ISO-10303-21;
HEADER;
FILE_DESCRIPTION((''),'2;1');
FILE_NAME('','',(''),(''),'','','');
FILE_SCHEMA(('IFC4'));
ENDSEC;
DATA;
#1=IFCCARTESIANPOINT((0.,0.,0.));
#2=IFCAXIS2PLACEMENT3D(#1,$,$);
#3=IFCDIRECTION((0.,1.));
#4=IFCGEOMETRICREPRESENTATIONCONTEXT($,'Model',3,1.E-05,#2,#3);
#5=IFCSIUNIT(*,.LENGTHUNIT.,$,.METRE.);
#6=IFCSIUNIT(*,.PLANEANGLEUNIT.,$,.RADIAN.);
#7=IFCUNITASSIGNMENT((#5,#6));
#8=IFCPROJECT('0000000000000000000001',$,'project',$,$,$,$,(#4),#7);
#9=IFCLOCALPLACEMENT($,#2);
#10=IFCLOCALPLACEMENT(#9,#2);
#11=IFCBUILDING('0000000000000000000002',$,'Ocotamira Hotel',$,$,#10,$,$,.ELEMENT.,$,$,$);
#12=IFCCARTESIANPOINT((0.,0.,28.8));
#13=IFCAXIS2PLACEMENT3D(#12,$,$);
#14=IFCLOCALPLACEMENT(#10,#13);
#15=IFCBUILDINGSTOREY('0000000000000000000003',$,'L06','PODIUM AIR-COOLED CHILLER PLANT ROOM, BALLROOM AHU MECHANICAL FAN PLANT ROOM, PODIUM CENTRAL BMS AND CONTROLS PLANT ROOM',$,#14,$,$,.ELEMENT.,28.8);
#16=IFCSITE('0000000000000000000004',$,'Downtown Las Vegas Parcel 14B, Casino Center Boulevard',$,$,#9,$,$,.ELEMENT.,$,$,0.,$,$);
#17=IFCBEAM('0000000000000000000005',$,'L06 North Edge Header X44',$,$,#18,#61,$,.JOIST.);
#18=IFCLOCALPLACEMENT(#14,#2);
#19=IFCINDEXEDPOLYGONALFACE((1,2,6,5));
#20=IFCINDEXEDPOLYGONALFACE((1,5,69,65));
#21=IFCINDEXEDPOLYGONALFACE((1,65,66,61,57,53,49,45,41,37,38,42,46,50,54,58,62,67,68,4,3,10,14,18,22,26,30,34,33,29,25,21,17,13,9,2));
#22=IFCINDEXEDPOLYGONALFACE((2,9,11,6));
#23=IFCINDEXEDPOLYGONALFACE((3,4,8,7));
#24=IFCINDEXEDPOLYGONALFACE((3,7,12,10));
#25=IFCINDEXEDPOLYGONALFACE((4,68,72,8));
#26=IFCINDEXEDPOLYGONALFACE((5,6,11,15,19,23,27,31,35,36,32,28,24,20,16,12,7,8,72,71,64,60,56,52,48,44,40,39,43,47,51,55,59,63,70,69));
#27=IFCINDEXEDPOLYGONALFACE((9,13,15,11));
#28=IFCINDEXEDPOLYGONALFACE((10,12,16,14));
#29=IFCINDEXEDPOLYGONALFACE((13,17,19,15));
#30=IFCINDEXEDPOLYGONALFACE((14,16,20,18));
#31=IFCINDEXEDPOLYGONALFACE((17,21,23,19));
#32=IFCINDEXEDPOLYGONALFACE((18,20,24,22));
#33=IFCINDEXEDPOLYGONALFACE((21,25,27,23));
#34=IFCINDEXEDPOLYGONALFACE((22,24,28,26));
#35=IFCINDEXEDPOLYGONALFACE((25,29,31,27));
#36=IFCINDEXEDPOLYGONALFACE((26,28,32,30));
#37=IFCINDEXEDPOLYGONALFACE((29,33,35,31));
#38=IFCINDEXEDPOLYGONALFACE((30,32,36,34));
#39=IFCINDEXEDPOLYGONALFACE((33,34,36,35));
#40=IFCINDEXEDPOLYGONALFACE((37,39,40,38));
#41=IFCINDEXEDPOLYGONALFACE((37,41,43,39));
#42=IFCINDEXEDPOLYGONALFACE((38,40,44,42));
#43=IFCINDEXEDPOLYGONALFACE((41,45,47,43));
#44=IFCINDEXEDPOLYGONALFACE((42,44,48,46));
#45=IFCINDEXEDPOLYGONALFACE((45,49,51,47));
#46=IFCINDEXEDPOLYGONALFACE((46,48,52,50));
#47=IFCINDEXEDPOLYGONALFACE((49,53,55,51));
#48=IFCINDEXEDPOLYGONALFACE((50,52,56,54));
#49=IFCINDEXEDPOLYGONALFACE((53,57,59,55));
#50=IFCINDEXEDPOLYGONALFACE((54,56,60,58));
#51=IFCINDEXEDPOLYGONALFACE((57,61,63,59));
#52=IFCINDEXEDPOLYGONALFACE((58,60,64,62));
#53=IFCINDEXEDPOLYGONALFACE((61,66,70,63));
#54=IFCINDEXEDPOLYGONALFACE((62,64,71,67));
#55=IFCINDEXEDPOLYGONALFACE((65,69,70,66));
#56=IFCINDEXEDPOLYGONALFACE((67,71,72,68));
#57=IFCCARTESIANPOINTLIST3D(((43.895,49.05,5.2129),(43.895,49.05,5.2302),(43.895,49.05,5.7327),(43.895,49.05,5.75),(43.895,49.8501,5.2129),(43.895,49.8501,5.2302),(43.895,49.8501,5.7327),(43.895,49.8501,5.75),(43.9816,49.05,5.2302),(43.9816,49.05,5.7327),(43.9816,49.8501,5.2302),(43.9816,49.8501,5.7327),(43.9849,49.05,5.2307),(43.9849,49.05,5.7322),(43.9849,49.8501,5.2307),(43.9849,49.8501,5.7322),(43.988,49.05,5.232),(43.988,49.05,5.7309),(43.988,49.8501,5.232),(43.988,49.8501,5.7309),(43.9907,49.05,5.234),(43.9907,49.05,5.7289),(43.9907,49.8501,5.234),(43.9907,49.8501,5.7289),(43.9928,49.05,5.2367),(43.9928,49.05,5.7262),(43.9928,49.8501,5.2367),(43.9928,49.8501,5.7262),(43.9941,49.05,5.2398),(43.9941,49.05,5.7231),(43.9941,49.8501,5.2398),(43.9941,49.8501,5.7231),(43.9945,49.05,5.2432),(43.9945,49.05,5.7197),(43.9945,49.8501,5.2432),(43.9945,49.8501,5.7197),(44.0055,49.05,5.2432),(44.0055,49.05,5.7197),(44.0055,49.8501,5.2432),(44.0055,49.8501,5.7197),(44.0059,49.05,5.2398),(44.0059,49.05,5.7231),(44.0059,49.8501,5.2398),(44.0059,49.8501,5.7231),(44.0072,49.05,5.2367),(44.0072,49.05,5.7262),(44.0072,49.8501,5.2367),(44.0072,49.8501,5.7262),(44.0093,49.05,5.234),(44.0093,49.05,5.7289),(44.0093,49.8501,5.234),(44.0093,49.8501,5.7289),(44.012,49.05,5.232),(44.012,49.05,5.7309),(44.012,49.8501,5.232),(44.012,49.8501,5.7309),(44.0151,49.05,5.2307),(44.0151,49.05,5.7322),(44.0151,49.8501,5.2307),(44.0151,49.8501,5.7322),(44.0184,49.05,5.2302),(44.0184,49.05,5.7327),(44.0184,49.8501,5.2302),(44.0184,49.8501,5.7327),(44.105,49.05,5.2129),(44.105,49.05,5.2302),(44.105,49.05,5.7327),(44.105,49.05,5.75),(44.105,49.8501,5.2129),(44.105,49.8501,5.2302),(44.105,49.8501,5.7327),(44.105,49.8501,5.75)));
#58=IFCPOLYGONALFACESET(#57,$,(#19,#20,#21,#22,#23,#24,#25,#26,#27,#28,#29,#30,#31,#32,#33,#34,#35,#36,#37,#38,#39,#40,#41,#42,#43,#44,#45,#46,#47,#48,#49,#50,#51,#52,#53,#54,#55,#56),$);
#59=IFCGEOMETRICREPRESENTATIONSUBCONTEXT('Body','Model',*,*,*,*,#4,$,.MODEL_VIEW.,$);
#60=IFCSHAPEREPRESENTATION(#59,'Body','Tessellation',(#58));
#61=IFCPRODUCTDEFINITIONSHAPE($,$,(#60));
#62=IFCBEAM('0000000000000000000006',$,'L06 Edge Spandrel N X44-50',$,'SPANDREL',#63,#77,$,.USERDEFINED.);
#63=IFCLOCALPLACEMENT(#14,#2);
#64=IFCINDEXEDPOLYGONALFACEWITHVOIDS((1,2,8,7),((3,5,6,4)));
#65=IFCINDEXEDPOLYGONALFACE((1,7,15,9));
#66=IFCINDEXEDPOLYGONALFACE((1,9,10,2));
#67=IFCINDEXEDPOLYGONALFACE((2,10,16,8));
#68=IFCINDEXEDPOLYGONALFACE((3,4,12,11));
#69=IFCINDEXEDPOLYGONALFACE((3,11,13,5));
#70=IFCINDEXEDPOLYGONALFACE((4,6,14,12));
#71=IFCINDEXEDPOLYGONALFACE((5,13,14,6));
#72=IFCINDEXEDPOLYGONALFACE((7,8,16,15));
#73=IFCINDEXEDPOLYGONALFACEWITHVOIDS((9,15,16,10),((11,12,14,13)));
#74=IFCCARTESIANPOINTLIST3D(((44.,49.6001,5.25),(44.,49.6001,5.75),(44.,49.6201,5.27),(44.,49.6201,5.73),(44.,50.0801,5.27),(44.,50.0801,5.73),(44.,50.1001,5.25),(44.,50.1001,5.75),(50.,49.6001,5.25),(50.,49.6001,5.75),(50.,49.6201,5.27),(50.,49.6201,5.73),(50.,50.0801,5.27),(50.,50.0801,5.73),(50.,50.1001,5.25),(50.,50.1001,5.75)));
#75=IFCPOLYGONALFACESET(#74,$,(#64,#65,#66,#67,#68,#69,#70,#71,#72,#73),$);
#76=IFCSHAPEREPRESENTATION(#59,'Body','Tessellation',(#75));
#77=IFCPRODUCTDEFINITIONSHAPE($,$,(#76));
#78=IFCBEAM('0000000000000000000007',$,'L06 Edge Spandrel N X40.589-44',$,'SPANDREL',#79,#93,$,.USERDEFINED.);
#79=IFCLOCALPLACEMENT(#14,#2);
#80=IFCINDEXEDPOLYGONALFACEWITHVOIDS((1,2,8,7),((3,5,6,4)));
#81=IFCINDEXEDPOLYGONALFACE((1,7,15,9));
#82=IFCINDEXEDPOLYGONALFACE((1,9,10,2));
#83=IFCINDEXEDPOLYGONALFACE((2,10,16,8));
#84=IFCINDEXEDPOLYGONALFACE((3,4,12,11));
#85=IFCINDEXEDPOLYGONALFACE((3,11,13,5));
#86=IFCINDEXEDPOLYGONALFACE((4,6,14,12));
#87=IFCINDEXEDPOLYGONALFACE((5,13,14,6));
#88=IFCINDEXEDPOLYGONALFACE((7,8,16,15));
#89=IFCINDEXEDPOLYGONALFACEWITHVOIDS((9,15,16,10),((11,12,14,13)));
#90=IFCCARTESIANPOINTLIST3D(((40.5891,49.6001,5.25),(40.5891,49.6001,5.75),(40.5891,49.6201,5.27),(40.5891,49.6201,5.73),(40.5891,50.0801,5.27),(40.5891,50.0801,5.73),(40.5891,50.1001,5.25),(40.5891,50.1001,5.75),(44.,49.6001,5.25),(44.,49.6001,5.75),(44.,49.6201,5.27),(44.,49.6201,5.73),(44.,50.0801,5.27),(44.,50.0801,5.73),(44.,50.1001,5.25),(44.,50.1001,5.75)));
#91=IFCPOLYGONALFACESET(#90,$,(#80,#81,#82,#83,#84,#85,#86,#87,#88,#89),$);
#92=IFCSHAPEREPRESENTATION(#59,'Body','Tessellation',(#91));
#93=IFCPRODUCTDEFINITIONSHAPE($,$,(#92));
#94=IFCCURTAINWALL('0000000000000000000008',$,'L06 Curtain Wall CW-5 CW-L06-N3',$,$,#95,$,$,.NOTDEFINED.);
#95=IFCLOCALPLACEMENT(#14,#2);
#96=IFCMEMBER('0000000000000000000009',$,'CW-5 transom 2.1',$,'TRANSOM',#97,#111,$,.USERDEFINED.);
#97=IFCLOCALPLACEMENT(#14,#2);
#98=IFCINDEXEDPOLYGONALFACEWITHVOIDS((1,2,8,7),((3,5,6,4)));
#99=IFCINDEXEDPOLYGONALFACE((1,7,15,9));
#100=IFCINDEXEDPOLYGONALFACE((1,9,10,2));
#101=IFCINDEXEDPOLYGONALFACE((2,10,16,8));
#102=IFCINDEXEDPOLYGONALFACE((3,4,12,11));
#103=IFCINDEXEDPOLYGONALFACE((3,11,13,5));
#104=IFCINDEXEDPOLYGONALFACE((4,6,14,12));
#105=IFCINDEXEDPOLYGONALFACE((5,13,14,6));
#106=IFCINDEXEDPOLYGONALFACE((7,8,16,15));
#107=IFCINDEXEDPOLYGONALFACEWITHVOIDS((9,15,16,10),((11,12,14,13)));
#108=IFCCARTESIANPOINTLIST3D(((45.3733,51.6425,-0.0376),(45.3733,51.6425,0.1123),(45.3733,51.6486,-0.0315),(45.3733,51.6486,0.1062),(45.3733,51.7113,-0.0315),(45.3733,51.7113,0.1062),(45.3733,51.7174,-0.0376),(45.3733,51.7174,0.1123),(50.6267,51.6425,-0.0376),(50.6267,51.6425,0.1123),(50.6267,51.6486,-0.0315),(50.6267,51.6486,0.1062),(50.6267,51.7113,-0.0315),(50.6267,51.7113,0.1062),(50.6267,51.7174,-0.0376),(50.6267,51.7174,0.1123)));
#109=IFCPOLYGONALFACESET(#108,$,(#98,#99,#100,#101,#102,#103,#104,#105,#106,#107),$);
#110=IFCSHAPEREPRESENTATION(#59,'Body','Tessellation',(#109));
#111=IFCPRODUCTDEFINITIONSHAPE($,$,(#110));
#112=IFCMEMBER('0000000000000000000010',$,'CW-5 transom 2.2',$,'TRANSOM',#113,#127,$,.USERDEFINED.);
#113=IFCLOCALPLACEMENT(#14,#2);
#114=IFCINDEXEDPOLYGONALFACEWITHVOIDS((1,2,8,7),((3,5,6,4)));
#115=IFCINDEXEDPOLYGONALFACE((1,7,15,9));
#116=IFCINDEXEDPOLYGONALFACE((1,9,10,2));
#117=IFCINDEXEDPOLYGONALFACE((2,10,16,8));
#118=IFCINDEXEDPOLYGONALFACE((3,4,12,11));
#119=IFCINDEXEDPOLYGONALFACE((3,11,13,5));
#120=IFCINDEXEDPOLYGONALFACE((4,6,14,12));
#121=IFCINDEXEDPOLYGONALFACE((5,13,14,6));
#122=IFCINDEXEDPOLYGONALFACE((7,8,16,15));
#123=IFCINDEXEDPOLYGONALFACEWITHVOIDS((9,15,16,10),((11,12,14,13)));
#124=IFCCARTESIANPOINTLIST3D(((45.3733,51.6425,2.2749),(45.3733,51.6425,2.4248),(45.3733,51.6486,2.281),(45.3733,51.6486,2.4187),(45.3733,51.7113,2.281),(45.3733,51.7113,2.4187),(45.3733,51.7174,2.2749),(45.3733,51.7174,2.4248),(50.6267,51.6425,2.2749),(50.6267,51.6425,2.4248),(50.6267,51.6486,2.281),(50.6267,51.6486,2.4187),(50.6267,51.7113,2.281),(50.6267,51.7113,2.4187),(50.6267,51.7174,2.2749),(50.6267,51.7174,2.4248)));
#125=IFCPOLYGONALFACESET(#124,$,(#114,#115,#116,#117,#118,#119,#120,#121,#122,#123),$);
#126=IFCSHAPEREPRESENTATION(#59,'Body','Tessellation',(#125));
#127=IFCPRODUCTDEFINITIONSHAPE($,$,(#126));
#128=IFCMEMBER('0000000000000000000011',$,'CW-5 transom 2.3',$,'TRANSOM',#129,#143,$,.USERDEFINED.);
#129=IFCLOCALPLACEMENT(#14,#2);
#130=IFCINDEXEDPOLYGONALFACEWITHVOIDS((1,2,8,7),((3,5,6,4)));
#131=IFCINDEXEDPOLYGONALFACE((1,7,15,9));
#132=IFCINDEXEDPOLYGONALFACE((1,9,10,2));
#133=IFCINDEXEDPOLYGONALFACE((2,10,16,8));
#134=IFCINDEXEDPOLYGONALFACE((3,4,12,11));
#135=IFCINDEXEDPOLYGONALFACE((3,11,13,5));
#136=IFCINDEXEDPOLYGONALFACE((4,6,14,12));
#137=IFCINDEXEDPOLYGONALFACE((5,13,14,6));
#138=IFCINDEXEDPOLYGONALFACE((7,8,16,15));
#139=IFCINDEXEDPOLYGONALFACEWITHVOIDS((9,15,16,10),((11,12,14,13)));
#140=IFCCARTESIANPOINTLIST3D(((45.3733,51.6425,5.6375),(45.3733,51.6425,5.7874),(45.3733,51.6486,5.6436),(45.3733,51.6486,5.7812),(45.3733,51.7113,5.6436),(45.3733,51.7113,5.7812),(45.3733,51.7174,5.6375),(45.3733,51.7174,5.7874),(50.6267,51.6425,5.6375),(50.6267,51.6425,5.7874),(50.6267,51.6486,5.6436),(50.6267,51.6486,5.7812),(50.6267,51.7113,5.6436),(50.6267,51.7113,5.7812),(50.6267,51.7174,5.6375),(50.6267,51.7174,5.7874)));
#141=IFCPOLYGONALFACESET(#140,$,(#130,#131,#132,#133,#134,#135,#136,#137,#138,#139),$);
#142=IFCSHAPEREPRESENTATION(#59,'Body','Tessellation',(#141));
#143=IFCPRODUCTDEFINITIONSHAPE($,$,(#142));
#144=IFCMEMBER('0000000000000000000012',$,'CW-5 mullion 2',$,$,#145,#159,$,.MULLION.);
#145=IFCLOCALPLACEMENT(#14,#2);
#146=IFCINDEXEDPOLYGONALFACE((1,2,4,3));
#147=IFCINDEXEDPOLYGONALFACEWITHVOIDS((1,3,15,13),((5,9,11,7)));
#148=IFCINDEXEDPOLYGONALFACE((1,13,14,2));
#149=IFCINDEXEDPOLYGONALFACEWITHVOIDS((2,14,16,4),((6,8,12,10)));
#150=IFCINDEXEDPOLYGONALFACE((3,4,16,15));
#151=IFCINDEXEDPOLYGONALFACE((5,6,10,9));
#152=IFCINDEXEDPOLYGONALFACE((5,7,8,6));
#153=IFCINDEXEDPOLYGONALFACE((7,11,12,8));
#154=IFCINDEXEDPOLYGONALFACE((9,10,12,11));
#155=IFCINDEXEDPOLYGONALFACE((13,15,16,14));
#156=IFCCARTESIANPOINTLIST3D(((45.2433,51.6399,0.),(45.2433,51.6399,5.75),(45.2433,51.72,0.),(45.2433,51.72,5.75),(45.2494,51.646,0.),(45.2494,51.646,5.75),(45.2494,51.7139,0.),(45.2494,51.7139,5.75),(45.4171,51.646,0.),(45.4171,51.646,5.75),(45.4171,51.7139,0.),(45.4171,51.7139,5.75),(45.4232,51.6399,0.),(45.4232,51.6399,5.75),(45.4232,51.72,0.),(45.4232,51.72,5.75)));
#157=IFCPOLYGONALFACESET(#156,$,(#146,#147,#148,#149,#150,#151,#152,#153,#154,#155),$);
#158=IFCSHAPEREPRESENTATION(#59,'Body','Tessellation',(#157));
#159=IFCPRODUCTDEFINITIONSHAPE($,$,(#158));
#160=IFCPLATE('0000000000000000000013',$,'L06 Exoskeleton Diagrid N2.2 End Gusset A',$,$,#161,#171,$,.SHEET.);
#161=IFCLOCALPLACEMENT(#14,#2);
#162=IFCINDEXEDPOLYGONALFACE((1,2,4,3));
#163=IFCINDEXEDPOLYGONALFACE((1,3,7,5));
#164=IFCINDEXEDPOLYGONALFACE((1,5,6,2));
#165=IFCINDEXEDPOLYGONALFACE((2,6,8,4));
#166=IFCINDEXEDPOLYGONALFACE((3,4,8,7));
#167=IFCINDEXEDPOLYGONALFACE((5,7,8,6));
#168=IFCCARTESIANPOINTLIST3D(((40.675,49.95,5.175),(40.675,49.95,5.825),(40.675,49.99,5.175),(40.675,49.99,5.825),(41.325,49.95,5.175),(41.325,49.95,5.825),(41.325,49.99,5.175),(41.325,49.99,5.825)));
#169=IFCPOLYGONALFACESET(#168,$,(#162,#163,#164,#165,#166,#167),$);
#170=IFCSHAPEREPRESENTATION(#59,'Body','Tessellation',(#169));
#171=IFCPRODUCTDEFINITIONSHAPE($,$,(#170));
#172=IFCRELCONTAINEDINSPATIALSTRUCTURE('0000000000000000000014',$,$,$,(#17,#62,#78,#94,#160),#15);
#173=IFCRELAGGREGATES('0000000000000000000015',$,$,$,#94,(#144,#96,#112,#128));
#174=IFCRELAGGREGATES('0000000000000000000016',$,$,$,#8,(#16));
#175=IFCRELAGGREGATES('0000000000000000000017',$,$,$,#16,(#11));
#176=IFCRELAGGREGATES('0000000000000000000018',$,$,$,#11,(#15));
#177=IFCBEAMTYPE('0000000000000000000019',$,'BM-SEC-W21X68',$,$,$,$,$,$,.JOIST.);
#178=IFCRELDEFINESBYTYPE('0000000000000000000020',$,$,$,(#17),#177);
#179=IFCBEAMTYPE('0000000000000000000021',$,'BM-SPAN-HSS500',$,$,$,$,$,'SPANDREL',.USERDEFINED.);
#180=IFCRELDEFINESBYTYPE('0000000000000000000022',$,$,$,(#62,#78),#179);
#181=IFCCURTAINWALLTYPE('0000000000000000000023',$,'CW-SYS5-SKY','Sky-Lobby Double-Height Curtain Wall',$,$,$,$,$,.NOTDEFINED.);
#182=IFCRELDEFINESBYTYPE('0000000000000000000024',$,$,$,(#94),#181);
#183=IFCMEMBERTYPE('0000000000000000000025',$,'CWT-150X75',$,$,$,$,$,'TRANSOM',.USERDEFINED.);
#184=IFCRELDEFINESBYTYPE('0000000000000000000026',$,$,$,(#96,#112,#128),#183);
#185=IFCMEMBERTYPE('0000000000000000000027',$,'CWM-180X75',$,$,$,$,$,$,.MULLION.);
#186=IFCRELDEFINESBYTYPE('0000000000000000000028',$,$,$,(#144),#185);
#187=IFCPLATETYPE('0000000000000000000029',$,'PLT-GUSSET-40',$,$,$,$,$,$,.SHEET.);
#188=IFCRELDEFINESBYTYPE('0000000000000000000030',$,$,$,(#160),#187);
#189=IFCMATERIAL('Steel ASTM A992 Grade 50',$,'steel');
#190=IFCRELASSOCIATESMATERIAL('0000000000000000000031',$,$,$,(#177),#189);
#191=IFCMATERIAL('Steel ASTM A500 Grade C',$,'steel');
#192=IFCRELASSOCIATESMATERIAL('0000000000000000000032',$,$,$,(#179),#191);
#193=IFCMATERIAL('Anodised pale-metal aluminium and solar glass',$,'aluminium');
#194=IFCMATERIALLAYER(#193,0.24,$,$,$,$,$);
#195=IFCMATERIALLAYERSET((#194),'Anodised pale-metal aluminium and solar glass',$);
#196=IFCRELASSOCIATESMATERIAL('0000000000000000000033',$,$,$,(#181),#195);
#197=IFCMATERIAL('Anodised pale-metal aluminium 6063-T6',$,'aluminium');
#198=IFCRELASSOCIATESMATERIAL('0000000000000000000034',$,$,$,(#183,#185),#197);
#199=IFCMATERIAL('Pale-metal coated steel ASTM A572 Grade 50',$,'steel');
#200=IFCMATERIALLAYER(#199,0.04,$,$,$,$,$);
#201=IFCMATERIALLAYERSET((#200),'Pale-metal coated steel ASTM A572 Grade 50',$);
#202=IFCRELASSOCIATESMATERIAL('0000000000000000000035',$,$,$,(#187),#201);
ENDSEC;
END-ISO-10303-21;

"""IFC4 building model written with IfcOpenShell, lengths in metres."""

from ifc_helpers import new_model, si_unit, direction, frame, origin, origin_2d, place, context, subcontext, project, spatial, rectangle, hollow_rectangle, i_section, extrude, source, transform, mapped, material, layer, layer_set, material_profile, profile_set, type_object, element, aggregate, save


model = new_model("IFC4")

# Units and contexts
model_context = context("Model", 3, precision=1e-05, world=origin(), true_north=direction((0.0, 1.0)))
body_context = subcontext(model_context, "Body", "Model", "MODEL_VIEW")
ifc_project = project(units=[si_unit("LENGTHUNIT", "METRE"), si_unit("PLANEANGLEUNIT", "RADIAN")], contexts=[model_context])

# Site, building, storey
site_placement = place(None, origin())
site = spatial("IfcSite", under=ifc_project, at=site_placement, Name="Downtown Las Vegas Parcel 14B, Casino Center Boulevard", CompositionType="ELEMENT", RefElevation=0.0)
building_placement = place(site_placement, origin())
building = spatial("IfcBuilding", under=site, at=building_placement, Name="Ocotamira Hotel", CompositionType="ELEMENT")
storey_placement = place(building_placement, frame((0.0, 0.0, 28.8)))
storey = spatial("IfcBuildingStorey", under=building, at=storey_placement, Name="L06", Description="PODIUM AIR-COOLED CHILLER PLANT ROOM, BALLROOM AHU MECHANICAL FAN PLANT ROOM, PODIUM CENTRAL BMS AND CONTROLS PLANT ROOM", CompositionType="ELEMENT", Elevation=28.8)

# Beams
ifc_material_1 = material(Name="Steel ASTM A500 Grade C", Category="steel")
ifc_material_2 = material(Name="Steel ASTM A992 Grade 50", Category="steel")
ifc_material_profile_1 = material_profile(ifc_material_2, i_section(OverallWidth=0.21, OverallDepth=0.5371, WebThickness=0.011, FlangeThickness=0.0173, FilletRadius=0.0129, at=origin_2d()), Name="W21X68")
ifc_profile_set_1 = profile_set([ifc_material_profile_1], Name="Steel ASTM A992 Grade 50")
beam_type_1 = type_object("IfcBeamType", Name="BM-SEC-W21X68", PredefinedType="JOIST", material=ifc_profile_set_1)
shared_shape_1 = source(origin(), body_context, "Body", "SweptSolid", [
    extrude(i_section(OverallWidth=0.21, OverallDepth=0.5371, WebThickness=0.011, FlangeThickness=0.0173, FilletRadius=0.0129, at=origin_2d()), origin(), (0.0, 0.0, 1.0), 0.8),
])
beam_1_placement = place(storey_placement, frame((44.0, 49.05, 5.4814), z_axis=(0.0, 1.0, 0.0), x_axis=(-1.0, 0.0, 0.0)))
element("IfcBeam", 1, at=beam_1_placement, inside=storey, type_object=beam_type_1, Name="L06 North Edge Header X44", PredefinedType="JOIST", context=body_context, shape_type="MappedRepresentation", body=[
    mapped(shared_shape_1, transform((0.0, 0.0, 0.0), scale=1.0)),
])
ifc_material_profile_2 = material_profile(ifc_material_1, hollow_rectangle(XDim=0.5, YDim=0.5, WallThickness=0.02, at=origin_2d()), Name="HSS500X500X20")
ifc_profile_set_2 = profile_set([ifc_material_profile_2], Name="Steel ASTM A500 Grade C")
beam_type_2 = type_object("IfcBeamType", Name="BM-SPAN-HSS500", ElementType="SPANDREL", PredefinedType="USERDEFINED", material=ifc_profile_set_2)
shared_shape_2 = source(origin(), body_context, "Body", "SweptSolid", [
    extrude(hollow_rectangle(XDim=0.5, YDim=0.5, WallThickness=0.02, at=origin_2d()), origin(), (0.0, 0.0, 1.0), 6.0),
])
beam_2_placement = place(storey_placement, frame((44.0, 49.8501, 5.5), z_axis=(1.0, 0.0, 0.0), x_axis=(0.0, 1.0, 0.0)))
element("IfcBeam", 2, at=beam_2_placement, inside=storey, type_object=beam_type_2, Name="L06 Edge Spandrel N X44-50", ObjectType="SPANDREL", PredefinedType="USERDEFINED", context=body_context, shape_type="MappedRepresentation", body=[
    mapped(shared_shape_2, transform((0.0, 0.0, 0.0), scale=1.0)),
])
shared_shape_3 = source(origin(), body_context, "Body", "SweptSolid", [
    extrude(hollow_rectangle(XDim=0.5, YDim=0.5, WallThickness=0.02, at=origin_2d()), origin(), (0.0, 0.0, 1.0), 3.4109),
])
beam_3_placement = place(storey_placement, frame((40.5891, 49.8501, 5.5), z_axis=(1.0, 0.0, 0.0), x_axis=(0.0, 1.0, 0.0)))
element("IfcBeam", 3, at=beam_3_placement, inside=storey, type_object=beam_type_2, Name="L06 Edge Spandrel N X40.589-44", ObjectType="SPANDREL", PredefinedType="USERDEFINED", context=body_context, shape_type="MappedRepresentation", body=[
    mapped(shared_shape_3, transform((0.0, 0.0, 0.0), scale=1.0)),
])

# Curtain wall, members
ifc_material_3 = material(Name="Anodised pale-metal aluminium and solar glass", Category="aluminium")
ifc_layer_1 = layer(ifc_material_3, 0.24)
ifc_layer_set_1 = layer_set([ifc_layer_1], Name="Anodised pale-metal aluminium and solar glass")
curtain_wall_type = type_object("IfcCurtainWallType", Name="CW-SYS5-SKY", Description="Sky-Lobby Double-Height Curtain Wall", PredefinedType="NOTDEFINED", material=ifc_layer_set_1)
curtain_wall_placement = place(storey_placement, origin())
curtain_wall = element("IfcCurtainWall", 4, at=curtain_wall_placement, inside=storey, type_object=curtain_wall_type, Name="L06 Curtain Wall CW-5 CW-L06-N3", PredefinedType="NOTDEFINED")
ifc_material_4 = material(Name="Anodised pale-metal aluminium 6063-T6", Category="aluminium")
ifc_material_profile_3 = material_profile(ifc_material_4, hollow_rectangle(XDim=0.075, YDim=0.1499, WallThickness=0.0061, at=origin_2d()), Name="HSS150X75X6")
ifc_profile_set_3 = profile_set([ifc_material_profile_3], Name="Anodised pale-metal aluminium 6063-T6")
member_type_1 = type_object("IfcMemberType", Name="CWT-150X75", ElementType="TRANSOM", PredefinedType="USERDEFINED", material=ifc_profile_set_3)
shared_shape_4 = source(origin(), body_context, "Body", "SweptSolid", [
    extrude(hollow_rectangle(XDim=0.075, YDim=0.1499, WallThickness=0.0061, at=origin_2d()), origin(), (0.0, 0.0, 1.0), 5.2534),
])
member_1_placement = place(storey_placement, frame((45.3733, 51.6799, 0.0374), z_axis=(1.0, 0.0, 0.0), x_axis=(0.0, 1.0, 0.0)))
member_1 = element("IfcMember", 5, at=member_1_placement, type_object=member_type_1, Name="CW-5 transom 2.1", ObjectType="TRANSOM", PredefinedType="USERDEFINED", context=body_context, shape_type="MappedRepresentation", body=[
    mapped(shared_shape_4, transform((0.0, 0.0, 0.0), scale=1.0)),
])
member_2_placement = place(storey_placement, frame((45.3733, 51.6799, 2.3499), z_axis=(1.0, 0.0, 0.0), x_axis=(0.0, 1.0, 0.0)))
member_2 = element("IfcMember", 6, at=member_2_placement, type_object=member_type_1, Name="CW-5 transom 2.2", ObjectType="TRANSOM", PredefinedType="USERDEFINED", context=body_context, shape_type="MappedRepresentation", body=[
    mapped(shared_shape_4, transform((0.0, 0.0, 0.0), scale=1.0)),
])
member_3_placement = place(storey_placement, frame((45.3733, 51.6799, 5.7124), z_axis=(1.0, 0.0, 0.0), x_axis=(0.0, 1.0, 0.0)))
member_3 = element("IfcMember", 7, at=member_3_placement, type_object=member_type_1, Name="CW-5 transom 2.3", ObjectType="TRANSOM", PredefinedType="USERDEFINED", context=body_context, shape_type="MappedRepresentation", body=[
    mapped(shared_shape_4, transform((0.0, 0.0, 0.0), scale=1.0)),
])
ifc_material_profile_4 = material_profile(ifc_material_4, hollow_rectangle(XDim=0.0801, YDim=0.1799, WallThickness=0.0061, at=origin_2d()), Name="HSS180X80X6")
ifc_profile_set_4 = profile_set([ifc_material_profile_4], Name="Anodised pale-metal aluminium 6063-T6")
member_type_2 = type_object("IfcMemberType", Name="CWM-180X75", PredefinedType="MULLION", material=ifc_profile_set_4)
shared_shape_5 = source(origin(), body_context, "Body", "SweptSolid", [
    extrude(hollow_rectangle(XDim=0.0801, YDim=0.1799, WallThickness=0.0061, at=origin_2d()), origin(), (0.0, 0.0, 1.0), 5.75),
])
member_4_placement = place(storey_placement, frame((45.3333, 51.6799, 0.0), z_axis=(0.0, 0.0, 1.0), x_axis=(0.0, 1.0, 0.0)))
member_4 = element("IfcMember", 8, at=member_4_placement, type_object=member_type_2, Name="CW-5 mullion 2", PredefinedType="MULLION", context=body_context, shape_type="MappedRepresentation", body=[
    mapped(shared_shape_5, transform((0.0, 0.0, 0.0), scale=1.0)),
])

# Plate
ifc_material_5 = material(Name="Pale-metal coated steel ASTM A572 Grade 50", Category="steel")
ifc_layer_2 = layer(ifc_material_5, 0.04)
ifc_layer_set_2 = layer_set([ifc_layer_2], Name="Pale-metal coated steel ASTM A572 Grade 50")
plate_type_1 = type_object("IfcPlateType", Name="PLT-GUSSET-40", PredefinedType="SHEET", material=ifc_layer_set_2)
shared_shape_6 = source(origin(), body_context, "Body", "SweptSolid", [
    extrude(rectangle(XDim=0.6499, YDim=0.04, at=origin_2d()), origin(), (0.0, 0.0, 1.0), 0.6499),
])
plate_1_placement = place(storey_placement, frame((41.0, 49.97, 5.175), z_axis=(0.0, 0.0, 1.0), x_axis=(-1.0, 0.0, 0.0)))
element("IfcPlate", 9, at=plate_1_placement, inside=storey, type_object=plate_type_1, Name="L06 Exoskeleton Diagrid N2.2 End Gusset A", PredefinedType="SHEET", context=body_context, shape_type="MappedRepresentation", body=[
    mapped(shared_shape_6, transform((0.0, 0.0, 0.0), scale=1.0)),
])
aggregate(curtain_wall, [member_4, member_1, member_2, member_3])

save(model, "model.ifc")
